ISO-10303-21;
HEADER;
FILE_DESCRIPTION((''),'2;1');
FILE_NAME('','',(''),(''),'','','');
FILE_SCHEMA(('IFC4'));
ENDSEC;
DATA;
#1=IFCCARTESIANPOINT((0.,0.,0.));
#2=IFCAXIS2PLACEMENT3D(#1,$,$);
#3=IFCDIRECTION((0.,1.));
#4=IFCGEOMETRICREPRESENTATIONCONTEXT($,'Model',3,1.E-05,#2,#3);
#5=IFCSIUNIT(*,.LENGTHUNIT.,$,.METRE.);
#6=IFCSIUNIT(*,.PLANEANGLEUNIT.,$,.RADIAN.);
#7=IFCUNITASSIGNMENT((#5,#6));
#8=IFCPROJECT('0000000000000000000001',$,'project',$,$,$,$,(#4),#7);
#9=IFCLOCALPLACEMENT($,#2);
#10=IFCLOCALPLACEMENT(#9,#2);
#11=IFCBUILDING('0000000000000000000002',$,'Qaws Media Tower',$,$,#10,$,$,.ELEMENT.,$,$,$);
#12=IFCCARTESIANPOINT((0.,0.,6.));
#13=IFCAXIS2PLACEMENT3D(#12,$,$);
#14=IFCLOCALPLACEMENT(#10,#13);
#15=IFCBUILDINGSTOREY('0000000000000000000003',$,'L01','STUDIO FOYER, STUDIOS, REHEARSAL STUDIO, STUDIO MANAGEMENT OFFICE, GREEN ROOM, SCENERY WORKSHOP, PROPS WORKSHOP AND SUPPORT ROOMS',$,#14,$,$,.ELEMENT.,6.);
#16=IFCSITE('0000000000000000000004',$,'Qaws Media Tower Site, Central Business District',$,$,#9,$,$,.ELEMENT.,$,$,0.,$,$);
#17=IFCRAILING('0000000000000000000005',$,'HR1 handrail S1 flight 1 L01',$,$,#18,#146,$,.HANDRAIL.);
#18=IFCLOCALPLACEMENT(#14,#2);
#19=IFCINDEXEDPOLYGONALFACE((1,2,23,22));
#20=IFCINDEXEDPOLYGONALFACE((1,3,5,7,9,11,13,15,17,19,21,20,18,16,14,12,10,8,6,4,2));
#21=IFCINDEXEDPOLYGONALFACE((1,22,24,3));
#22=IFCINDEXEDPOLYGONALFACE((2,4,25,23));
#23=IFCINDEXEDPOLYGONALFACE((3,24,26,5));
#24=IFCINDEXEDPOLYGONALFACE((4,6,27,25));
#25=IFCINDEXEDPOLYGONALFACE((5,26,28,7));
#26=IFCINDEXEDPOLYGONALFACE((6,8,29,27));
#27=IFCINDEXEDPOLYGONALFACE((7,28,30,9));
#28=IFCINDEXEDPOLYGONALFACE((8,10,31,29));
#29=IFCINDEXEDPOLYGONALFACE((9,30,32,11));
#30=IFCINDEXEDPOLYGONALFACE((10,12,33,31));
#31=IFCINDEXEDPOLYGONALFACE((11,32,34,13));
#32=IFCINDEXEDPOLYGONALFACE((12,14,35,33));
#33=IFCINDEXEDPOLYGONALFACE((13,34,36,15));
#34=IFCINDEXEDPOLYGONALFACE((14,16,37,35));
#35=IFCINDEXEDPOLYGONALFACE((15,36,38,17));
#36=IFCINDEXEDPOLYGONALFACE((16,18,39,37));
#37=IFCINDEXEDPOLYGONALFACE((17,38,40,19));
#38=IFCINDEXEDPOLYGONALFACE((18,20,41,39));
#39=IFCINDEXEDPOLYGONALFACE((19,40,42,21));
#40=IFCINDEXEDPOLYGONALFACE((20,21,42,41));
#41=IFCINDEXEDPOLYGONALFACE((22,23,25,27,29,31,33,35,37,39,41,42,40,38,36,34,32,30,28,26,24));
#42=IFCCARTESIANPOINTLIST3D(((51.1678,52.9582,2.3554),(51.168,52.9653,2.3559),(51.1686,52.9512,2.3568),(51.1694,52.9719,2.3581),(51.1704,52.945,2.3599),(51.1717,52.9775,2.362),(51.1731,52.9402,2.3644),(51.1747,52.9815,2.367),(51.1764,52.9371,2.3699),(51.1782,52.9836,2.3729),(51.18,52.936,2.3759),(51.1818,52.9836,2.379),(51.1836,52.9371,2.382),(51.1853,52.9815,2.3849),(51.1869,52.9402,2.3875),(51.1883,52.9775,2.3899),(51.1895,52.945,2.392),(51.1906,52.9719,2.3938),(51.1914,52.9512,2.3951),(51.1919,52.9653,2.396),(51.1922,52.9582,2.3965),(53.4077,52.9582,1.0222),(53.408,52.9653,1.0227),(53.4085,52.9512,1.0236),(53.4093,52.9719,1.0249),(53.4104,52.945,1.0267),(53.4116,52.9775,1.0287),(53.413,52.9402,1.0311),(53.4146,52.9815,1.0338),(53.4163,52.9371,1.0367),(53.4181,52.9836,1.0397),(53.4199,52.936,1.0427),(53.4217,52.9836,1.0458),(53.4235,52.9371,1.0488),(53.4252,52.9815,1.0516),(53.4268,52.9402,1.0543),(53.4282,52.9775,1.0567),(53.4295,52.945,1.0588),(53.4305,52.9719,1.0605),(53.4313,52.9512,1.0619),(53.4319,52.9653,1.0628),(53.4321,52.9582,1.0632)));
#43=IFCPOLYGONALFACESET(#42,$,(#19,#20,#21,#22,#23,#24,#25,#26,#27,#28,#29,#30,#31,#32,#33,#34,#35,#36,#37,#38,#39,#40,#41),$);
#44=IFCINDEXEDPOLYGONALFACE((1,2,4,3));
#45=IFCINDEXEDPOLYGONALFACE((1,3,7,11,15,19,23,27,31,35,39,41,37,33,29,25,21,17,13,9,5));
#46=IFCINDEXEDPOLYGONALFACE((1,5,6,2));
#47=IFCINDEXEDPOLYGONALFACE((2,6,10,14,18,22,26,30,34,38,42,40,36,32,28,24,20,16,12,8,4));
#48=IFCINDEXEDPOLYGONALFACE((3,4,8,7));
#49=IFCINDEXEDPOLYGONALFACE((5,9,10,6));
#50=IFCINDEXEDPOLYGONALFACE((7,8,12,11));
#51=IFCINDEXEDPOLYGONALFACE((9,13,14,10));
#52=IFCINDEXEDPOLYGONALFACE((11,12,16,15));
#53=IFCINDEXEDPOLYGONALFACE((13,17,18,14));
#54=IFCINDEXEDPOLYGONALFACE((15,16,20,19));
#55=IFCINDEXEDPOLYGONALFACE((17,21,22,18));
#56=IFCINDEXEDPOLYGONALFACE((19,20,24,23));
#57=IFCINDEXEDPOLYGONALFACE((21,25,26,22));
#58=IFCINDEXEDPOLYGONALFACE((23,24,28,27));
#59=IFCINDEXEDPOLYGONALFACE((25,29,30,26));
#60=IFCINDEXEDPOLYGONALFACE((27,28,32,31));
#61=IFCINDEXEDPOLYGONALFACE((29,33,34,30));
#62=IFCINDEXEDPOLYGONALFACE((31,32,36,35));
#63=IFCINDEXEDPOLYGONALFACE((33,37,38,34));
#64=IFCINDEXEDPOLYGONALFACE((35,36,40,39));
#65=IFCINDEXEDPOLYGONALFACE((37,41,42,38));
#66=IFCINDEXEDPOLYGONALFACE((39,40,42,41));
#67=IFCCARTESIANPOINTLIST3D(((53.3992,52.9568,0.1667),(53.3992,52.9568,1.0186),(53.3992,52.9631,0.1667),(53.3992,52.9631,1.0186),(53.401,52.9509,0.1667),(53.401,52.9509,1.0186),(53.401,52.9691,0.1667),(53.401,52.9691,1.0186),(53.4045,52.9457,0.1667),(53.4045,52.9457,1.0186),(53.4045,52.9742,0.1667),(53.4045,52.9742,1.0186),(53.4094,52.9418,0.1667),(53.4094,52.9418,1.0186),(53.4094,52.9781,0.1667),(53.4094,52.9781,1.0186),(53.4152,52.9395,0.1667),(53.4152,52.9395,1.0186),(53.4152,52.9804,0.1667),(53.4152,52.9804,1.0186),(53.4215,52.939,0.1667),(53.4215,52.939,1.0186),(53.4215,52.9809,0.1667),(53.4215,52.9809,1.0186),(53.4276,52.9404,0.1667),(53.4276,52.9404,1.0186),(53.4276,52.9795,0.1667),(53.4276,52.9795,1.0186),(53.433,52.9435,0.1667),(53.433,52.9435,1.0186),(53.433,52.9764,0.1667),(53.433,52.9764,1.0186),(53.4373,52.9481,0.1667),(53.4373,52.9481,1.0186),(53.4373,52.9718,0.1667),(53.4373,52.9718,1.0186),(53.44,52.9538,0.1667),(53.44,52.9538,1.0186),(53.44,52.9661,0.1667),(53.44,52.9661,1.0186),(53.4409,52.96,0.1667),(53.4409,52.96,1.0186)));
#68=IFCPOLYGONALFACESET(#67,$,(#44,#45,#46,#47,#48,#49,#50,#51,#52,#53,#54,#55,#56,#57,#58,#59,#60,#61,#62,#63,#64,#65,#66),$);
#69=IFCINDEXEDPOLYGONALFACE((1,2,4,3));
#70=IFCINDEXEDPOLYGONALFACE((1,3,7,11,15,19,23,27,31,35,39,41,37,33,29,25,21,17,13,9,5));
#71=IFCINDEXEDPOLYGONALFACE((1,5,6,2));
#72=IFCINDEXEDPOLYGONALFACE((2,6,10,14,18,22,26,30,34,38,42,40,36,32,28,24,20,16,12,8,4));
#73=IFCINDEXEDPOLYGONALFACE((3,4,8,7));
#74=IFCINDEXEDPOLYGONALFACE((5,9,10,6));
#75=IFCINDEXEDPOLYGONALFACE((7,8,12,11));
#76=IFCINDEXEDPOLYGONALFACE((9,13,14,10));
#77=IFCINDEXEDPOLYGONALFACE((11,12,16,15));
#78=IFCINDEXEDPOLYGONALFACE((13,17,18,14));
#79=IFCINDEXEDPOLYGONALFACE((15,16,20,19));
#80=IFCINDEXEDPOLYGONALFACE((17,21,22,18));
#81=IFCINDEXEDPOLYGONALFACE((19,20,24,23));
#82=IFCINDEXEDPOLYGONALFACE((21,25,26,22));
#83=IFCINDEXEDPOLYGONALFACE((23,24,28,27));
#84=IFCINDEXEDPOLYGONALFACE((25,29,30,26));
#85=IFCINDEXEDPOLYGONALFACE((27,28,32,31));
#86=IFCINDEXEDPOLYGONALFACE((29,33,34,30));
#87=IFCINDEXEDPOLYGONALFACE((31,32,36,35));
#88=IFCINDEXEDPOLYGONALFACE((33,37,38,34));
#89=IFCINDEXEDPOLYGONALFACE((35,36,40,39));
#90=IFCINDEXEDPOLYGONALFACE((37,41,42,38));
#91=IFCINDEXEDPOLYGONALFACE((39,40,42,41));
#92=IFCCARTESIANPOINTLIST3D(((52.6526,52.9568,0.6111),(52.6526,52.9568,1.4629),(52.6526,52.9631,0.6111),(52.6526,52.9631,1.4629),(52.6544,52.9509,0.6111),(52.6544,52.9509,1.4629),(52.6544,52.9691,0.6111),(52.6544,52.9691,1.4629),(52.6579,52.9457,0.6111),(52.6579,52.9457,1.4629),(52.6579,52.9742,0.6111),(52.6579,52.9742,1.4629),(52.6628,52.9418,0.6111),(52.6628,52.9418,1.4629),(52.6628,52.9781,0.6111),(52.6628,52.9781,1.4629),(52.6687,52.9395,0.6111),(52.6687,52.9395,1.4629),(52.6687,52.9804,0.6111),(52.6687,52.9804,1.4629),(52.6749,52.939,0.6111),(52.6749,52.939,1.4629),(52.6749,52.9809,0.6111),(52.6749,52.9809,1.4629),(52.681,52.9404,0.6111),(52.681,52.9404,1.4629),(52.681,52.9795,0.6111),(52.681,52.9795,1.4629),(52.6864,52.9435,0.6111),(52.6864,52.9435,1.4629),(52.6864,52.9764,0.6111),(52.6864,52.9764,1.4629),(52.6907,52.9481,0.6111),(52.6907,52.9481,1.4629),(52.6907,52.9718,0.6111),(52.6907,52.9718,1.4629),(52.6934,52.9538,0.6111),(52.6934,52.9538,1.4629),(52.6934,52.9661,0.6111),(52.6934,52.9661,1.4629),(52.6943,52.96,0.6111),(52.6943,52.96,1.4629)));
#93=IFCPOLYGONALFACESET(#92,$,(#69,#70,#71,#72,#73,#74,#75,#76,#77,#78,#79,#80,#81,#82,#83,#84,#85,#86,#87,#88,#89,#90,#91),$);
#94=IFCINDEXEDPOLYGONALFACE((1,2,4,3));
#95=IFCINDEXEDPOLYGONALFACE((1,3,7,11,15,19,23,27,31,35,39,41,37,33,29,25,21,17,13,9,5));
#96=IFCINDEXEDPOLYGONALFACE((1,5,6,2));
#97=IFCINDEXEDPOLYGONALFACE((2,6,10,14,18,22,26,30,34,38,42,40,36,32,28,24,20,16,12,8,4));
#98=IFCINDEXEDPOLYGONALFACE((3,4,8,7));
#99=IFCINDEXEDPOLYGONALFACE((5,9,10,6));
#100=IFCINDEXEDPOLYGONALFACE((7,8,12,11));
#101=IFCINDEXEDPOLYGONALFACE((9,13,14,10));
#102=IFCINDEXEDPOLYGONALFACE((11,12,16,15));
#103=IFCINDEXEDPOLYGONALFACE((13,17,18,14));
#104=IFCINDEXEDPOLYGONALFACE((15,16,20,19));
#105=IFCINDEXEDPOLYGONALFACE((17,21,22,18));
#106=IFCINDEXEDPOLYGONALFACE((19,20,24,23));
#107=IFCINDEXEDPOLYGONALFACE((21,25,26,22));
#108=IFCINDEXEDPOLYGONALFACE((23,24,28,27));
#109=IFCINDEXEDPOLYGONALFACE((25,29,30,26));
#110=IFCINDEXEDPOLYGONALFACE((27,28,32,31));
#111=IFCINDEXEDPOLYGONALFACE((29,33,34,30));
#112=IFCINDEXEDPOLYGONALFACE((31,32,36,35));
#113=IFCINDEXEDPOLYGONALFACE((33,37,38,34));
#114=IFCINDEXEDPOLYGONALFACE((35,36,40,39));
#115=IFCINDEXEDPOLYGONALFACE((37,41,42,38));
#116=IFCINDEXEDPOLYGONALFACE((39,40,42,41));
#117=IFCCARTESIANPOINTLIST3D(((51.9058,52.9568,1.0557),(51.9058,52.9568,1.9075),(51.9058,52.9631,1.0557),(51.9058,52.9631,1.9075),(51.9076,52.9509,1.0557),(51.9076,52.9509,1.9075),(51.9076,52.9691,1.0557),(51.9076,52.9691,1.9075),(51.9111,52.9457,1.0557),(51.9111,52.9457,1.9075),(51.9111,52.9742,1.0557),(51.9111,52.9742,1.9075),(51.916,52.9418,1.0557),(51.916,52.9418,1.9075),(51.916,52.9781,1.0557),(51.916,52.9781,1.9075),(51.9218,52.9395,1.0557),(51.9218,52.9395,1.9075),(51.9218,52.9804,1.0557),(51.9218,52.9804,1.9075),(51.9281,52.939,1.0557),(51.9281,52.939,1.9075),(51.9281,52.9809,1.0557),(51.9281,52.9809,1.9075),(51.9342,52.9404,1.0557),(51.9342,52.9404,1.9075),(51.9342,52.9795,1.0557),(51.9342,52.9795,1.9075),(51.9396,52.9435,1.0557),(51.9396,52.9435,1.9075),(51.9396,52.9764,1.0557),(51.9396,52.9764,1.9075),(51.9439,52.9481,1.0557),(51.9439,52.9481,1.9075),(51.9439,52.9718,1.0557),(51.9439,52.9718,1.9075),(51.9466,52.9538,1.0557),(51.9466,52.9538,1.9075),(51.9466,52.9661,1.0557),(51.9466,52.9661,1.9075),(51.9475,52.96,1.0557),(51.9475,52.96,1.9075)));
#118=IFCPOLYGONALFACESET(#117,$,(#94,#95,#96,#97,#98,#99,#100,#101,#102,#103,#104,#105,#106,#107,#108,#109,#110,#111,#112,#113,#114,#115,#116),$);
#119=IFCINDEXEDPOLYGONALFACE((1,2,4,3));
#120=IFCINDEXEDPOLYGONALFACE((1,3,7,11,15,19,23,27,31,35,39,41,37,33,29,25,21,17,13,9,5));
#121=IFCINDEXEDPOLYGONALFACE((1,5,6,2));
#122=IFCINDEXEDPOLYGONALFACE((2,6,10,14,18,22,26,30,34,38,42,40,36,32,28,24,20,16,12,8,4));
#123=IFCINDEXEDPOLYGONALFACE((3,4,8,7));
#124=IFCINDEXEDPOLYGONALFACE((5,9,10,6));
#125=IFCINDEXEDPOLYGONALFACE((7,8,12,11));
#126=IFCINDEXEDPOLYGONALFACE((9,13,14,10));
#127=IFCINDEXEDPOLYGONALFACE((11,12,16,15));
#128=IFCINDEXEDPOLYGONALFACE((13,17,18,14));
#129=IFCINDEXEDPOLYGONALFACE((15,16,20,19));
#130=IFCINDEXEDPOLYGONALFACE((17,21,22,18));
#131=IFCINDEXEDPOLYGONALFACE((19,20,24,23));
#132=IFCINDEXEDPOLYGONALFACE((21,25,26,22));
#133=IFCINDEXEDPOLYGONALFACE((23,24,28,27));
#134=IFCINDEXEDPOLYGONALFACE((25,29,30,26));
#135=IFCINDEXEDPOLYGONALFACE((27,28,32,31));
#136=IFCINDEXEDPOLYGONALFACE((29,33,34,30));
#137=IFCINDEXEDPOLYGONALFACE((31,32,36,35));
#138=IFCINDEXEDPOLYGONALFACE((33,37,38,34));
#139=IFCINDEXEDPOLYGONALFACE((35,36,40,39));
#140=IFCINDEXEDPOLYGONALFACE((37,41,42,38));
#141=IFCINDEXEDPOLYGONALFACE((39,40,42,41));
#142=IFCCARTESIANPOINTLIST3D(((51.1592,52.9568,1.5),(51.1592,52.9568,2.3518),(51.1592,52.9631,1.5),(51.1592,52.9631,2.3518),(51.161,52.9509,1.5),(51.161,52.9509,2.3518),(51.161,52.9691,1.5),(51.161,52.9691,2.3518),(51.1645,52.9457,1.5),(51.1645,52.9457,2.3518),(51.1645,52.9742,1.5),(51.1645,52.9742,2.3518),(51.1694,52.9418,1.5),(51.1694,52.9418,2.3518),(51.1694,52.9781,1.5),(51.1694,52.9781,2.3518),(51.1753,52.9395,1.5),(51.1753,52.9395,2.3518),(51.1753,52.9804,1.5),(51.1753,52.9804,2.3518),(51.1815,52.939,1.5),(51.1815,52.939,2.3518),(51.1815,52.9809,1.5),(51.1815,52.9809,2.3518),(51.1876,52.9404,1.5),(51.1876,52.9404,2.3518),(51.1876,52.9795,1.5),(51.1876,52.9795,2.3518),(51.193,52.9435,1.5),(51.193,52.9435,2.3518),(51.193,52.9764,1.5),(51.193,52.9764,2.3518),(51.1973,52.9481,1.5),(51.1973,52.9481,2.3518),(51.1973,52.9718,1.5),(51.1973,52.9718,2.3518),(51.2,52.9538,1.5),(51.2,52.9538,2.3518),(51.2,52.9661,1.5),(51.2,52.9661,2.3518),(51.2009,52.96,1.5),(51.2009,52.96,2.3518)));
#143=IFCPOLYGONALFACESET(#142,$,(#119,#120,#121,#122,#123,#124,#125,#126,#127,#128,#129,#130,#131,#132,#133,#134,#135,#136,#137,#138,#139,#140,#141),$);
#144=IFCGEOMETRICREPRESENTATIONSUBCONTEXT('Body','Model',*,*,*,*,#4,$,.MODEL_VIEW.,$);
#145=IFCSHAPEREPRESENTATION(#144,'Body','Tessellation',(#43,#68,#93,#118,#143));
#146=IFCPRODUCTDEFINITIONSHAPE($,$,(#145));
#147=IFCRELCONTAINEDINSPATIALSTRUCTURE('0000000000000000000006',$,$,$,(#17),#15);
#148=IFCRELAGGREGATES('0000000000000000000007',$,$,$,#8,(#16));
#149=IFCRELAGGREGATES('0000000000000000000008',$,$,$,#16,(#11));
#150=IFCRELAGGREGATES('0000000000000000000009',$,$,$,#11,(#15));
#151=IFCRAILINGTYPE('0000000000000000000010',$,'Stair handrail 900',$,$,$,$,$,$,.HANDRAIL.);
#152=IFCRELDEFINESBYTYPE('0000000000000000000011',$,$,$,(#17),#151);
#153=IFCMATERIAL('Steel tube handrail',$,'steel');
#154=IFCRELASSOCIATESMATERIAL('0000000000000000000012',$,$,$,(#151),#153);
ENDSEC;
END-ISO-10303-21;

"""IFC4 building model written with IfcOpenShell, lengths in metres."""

from ifc_helpers import new_model, si_unit, direction, frame, origin, origin_2d, place, context, subcontext, project, spatial, circle, extrude, material, type_object, element, save


model = new_model("IFC4")

# Units and contexts
model_context = context("Model", 3, precision=1e-05, world=origin(), true_north=direction((0.0, 1.0)))
body_context = subcontext(model_context, "Body", "Model", "MODEL_VIEW")
ifc_project = project(units=[si_unit("LENGTHUNIT", "METRE"), si_unit("PLANEANGLEUNIT", "RADIAN")], contexts=[model_context])

# Site, building, storey
site_placement = place(None, origin())
site = spatial("IfcSite", under=ifc_project, at=site_placement, Name="Qaws Media Tower Site, Central Business District", CompositionType="ELEMENT", RefElevation=0.0)
building_placement = place(site_placement, origin())
building = spatial("IfcBuilding", under=site, at=building_placement, Name="Qaws Media Tower", CompositionType="ELEMENT")
storey_placement = place(building_placement, frame((0.0, 0.0, 6.0)))
storey = spatial("IfcBuildingStorey", under=building, at=storey_placement, Name="L01", Description="STUDIO FOYER, STUDIOS, REHEARSAL STUDIO, STUDIO MANAGEMENT OFFICE, GREEN ROOM, SCENERY WORKSHOP, PROPS WORKSHOP AND SUPPORT ROOMS", CompositionType="ELEMENT", Elevation=6.0)

# Railing
ifc_material_1 = material(Name="Steel tube handrail", Category="steel")
railing_type = type_object("IfcRailingType", Name="Stair handrail 900", PredefinedType="HANDRAIL", material=ifc_material_1)
for number, where, name in (
    (1, (53.4199, 52.96, 0.1667), "HR1 handrail S1 flight 1 L01"),
):
    element("IfcRailing", number, at=place(storey_placement, frame(where)), inside=storey, type_object=railing_type, Name=name, PredefinedType="HANDRAIL", context=body_context, shape_type="SweptSolid", body=[
        extrude(circle(Radius=0.0239, at=origin_2d()), frame((0.0, 0.0, 0.876), z_axis=(-0.859306, 0.0, 0.511462), x_axis=(0.0, -1.0, 0.0)), (0.0, 0.0, 1.0), 2.6067),
        extrude(circle(Radius=0.021, at=origin_2d()), origin(), (0.0, 0.0, 1.0), 0.8518),
        extrude(circle(Radius=0.021, at=origin_2d()), frame((-0.7466, 0.0, 0.4443)), (0.0, 0.0, 1.0), 0.8518),
        extrude(circle(Radius=0.021, at=origin_2d()), frame((-1.4934, 0.0, 0.8889)), (0.0, 0.0, 1.0), 0.8518),
        extrude(circle(Radius=0.021, at=origin_2d()), frame((-2.24, 0.0, 1.3333)), (0.0, 0.0, 1.0), 0.8518),
    ])

save(model, "model.ifc")
